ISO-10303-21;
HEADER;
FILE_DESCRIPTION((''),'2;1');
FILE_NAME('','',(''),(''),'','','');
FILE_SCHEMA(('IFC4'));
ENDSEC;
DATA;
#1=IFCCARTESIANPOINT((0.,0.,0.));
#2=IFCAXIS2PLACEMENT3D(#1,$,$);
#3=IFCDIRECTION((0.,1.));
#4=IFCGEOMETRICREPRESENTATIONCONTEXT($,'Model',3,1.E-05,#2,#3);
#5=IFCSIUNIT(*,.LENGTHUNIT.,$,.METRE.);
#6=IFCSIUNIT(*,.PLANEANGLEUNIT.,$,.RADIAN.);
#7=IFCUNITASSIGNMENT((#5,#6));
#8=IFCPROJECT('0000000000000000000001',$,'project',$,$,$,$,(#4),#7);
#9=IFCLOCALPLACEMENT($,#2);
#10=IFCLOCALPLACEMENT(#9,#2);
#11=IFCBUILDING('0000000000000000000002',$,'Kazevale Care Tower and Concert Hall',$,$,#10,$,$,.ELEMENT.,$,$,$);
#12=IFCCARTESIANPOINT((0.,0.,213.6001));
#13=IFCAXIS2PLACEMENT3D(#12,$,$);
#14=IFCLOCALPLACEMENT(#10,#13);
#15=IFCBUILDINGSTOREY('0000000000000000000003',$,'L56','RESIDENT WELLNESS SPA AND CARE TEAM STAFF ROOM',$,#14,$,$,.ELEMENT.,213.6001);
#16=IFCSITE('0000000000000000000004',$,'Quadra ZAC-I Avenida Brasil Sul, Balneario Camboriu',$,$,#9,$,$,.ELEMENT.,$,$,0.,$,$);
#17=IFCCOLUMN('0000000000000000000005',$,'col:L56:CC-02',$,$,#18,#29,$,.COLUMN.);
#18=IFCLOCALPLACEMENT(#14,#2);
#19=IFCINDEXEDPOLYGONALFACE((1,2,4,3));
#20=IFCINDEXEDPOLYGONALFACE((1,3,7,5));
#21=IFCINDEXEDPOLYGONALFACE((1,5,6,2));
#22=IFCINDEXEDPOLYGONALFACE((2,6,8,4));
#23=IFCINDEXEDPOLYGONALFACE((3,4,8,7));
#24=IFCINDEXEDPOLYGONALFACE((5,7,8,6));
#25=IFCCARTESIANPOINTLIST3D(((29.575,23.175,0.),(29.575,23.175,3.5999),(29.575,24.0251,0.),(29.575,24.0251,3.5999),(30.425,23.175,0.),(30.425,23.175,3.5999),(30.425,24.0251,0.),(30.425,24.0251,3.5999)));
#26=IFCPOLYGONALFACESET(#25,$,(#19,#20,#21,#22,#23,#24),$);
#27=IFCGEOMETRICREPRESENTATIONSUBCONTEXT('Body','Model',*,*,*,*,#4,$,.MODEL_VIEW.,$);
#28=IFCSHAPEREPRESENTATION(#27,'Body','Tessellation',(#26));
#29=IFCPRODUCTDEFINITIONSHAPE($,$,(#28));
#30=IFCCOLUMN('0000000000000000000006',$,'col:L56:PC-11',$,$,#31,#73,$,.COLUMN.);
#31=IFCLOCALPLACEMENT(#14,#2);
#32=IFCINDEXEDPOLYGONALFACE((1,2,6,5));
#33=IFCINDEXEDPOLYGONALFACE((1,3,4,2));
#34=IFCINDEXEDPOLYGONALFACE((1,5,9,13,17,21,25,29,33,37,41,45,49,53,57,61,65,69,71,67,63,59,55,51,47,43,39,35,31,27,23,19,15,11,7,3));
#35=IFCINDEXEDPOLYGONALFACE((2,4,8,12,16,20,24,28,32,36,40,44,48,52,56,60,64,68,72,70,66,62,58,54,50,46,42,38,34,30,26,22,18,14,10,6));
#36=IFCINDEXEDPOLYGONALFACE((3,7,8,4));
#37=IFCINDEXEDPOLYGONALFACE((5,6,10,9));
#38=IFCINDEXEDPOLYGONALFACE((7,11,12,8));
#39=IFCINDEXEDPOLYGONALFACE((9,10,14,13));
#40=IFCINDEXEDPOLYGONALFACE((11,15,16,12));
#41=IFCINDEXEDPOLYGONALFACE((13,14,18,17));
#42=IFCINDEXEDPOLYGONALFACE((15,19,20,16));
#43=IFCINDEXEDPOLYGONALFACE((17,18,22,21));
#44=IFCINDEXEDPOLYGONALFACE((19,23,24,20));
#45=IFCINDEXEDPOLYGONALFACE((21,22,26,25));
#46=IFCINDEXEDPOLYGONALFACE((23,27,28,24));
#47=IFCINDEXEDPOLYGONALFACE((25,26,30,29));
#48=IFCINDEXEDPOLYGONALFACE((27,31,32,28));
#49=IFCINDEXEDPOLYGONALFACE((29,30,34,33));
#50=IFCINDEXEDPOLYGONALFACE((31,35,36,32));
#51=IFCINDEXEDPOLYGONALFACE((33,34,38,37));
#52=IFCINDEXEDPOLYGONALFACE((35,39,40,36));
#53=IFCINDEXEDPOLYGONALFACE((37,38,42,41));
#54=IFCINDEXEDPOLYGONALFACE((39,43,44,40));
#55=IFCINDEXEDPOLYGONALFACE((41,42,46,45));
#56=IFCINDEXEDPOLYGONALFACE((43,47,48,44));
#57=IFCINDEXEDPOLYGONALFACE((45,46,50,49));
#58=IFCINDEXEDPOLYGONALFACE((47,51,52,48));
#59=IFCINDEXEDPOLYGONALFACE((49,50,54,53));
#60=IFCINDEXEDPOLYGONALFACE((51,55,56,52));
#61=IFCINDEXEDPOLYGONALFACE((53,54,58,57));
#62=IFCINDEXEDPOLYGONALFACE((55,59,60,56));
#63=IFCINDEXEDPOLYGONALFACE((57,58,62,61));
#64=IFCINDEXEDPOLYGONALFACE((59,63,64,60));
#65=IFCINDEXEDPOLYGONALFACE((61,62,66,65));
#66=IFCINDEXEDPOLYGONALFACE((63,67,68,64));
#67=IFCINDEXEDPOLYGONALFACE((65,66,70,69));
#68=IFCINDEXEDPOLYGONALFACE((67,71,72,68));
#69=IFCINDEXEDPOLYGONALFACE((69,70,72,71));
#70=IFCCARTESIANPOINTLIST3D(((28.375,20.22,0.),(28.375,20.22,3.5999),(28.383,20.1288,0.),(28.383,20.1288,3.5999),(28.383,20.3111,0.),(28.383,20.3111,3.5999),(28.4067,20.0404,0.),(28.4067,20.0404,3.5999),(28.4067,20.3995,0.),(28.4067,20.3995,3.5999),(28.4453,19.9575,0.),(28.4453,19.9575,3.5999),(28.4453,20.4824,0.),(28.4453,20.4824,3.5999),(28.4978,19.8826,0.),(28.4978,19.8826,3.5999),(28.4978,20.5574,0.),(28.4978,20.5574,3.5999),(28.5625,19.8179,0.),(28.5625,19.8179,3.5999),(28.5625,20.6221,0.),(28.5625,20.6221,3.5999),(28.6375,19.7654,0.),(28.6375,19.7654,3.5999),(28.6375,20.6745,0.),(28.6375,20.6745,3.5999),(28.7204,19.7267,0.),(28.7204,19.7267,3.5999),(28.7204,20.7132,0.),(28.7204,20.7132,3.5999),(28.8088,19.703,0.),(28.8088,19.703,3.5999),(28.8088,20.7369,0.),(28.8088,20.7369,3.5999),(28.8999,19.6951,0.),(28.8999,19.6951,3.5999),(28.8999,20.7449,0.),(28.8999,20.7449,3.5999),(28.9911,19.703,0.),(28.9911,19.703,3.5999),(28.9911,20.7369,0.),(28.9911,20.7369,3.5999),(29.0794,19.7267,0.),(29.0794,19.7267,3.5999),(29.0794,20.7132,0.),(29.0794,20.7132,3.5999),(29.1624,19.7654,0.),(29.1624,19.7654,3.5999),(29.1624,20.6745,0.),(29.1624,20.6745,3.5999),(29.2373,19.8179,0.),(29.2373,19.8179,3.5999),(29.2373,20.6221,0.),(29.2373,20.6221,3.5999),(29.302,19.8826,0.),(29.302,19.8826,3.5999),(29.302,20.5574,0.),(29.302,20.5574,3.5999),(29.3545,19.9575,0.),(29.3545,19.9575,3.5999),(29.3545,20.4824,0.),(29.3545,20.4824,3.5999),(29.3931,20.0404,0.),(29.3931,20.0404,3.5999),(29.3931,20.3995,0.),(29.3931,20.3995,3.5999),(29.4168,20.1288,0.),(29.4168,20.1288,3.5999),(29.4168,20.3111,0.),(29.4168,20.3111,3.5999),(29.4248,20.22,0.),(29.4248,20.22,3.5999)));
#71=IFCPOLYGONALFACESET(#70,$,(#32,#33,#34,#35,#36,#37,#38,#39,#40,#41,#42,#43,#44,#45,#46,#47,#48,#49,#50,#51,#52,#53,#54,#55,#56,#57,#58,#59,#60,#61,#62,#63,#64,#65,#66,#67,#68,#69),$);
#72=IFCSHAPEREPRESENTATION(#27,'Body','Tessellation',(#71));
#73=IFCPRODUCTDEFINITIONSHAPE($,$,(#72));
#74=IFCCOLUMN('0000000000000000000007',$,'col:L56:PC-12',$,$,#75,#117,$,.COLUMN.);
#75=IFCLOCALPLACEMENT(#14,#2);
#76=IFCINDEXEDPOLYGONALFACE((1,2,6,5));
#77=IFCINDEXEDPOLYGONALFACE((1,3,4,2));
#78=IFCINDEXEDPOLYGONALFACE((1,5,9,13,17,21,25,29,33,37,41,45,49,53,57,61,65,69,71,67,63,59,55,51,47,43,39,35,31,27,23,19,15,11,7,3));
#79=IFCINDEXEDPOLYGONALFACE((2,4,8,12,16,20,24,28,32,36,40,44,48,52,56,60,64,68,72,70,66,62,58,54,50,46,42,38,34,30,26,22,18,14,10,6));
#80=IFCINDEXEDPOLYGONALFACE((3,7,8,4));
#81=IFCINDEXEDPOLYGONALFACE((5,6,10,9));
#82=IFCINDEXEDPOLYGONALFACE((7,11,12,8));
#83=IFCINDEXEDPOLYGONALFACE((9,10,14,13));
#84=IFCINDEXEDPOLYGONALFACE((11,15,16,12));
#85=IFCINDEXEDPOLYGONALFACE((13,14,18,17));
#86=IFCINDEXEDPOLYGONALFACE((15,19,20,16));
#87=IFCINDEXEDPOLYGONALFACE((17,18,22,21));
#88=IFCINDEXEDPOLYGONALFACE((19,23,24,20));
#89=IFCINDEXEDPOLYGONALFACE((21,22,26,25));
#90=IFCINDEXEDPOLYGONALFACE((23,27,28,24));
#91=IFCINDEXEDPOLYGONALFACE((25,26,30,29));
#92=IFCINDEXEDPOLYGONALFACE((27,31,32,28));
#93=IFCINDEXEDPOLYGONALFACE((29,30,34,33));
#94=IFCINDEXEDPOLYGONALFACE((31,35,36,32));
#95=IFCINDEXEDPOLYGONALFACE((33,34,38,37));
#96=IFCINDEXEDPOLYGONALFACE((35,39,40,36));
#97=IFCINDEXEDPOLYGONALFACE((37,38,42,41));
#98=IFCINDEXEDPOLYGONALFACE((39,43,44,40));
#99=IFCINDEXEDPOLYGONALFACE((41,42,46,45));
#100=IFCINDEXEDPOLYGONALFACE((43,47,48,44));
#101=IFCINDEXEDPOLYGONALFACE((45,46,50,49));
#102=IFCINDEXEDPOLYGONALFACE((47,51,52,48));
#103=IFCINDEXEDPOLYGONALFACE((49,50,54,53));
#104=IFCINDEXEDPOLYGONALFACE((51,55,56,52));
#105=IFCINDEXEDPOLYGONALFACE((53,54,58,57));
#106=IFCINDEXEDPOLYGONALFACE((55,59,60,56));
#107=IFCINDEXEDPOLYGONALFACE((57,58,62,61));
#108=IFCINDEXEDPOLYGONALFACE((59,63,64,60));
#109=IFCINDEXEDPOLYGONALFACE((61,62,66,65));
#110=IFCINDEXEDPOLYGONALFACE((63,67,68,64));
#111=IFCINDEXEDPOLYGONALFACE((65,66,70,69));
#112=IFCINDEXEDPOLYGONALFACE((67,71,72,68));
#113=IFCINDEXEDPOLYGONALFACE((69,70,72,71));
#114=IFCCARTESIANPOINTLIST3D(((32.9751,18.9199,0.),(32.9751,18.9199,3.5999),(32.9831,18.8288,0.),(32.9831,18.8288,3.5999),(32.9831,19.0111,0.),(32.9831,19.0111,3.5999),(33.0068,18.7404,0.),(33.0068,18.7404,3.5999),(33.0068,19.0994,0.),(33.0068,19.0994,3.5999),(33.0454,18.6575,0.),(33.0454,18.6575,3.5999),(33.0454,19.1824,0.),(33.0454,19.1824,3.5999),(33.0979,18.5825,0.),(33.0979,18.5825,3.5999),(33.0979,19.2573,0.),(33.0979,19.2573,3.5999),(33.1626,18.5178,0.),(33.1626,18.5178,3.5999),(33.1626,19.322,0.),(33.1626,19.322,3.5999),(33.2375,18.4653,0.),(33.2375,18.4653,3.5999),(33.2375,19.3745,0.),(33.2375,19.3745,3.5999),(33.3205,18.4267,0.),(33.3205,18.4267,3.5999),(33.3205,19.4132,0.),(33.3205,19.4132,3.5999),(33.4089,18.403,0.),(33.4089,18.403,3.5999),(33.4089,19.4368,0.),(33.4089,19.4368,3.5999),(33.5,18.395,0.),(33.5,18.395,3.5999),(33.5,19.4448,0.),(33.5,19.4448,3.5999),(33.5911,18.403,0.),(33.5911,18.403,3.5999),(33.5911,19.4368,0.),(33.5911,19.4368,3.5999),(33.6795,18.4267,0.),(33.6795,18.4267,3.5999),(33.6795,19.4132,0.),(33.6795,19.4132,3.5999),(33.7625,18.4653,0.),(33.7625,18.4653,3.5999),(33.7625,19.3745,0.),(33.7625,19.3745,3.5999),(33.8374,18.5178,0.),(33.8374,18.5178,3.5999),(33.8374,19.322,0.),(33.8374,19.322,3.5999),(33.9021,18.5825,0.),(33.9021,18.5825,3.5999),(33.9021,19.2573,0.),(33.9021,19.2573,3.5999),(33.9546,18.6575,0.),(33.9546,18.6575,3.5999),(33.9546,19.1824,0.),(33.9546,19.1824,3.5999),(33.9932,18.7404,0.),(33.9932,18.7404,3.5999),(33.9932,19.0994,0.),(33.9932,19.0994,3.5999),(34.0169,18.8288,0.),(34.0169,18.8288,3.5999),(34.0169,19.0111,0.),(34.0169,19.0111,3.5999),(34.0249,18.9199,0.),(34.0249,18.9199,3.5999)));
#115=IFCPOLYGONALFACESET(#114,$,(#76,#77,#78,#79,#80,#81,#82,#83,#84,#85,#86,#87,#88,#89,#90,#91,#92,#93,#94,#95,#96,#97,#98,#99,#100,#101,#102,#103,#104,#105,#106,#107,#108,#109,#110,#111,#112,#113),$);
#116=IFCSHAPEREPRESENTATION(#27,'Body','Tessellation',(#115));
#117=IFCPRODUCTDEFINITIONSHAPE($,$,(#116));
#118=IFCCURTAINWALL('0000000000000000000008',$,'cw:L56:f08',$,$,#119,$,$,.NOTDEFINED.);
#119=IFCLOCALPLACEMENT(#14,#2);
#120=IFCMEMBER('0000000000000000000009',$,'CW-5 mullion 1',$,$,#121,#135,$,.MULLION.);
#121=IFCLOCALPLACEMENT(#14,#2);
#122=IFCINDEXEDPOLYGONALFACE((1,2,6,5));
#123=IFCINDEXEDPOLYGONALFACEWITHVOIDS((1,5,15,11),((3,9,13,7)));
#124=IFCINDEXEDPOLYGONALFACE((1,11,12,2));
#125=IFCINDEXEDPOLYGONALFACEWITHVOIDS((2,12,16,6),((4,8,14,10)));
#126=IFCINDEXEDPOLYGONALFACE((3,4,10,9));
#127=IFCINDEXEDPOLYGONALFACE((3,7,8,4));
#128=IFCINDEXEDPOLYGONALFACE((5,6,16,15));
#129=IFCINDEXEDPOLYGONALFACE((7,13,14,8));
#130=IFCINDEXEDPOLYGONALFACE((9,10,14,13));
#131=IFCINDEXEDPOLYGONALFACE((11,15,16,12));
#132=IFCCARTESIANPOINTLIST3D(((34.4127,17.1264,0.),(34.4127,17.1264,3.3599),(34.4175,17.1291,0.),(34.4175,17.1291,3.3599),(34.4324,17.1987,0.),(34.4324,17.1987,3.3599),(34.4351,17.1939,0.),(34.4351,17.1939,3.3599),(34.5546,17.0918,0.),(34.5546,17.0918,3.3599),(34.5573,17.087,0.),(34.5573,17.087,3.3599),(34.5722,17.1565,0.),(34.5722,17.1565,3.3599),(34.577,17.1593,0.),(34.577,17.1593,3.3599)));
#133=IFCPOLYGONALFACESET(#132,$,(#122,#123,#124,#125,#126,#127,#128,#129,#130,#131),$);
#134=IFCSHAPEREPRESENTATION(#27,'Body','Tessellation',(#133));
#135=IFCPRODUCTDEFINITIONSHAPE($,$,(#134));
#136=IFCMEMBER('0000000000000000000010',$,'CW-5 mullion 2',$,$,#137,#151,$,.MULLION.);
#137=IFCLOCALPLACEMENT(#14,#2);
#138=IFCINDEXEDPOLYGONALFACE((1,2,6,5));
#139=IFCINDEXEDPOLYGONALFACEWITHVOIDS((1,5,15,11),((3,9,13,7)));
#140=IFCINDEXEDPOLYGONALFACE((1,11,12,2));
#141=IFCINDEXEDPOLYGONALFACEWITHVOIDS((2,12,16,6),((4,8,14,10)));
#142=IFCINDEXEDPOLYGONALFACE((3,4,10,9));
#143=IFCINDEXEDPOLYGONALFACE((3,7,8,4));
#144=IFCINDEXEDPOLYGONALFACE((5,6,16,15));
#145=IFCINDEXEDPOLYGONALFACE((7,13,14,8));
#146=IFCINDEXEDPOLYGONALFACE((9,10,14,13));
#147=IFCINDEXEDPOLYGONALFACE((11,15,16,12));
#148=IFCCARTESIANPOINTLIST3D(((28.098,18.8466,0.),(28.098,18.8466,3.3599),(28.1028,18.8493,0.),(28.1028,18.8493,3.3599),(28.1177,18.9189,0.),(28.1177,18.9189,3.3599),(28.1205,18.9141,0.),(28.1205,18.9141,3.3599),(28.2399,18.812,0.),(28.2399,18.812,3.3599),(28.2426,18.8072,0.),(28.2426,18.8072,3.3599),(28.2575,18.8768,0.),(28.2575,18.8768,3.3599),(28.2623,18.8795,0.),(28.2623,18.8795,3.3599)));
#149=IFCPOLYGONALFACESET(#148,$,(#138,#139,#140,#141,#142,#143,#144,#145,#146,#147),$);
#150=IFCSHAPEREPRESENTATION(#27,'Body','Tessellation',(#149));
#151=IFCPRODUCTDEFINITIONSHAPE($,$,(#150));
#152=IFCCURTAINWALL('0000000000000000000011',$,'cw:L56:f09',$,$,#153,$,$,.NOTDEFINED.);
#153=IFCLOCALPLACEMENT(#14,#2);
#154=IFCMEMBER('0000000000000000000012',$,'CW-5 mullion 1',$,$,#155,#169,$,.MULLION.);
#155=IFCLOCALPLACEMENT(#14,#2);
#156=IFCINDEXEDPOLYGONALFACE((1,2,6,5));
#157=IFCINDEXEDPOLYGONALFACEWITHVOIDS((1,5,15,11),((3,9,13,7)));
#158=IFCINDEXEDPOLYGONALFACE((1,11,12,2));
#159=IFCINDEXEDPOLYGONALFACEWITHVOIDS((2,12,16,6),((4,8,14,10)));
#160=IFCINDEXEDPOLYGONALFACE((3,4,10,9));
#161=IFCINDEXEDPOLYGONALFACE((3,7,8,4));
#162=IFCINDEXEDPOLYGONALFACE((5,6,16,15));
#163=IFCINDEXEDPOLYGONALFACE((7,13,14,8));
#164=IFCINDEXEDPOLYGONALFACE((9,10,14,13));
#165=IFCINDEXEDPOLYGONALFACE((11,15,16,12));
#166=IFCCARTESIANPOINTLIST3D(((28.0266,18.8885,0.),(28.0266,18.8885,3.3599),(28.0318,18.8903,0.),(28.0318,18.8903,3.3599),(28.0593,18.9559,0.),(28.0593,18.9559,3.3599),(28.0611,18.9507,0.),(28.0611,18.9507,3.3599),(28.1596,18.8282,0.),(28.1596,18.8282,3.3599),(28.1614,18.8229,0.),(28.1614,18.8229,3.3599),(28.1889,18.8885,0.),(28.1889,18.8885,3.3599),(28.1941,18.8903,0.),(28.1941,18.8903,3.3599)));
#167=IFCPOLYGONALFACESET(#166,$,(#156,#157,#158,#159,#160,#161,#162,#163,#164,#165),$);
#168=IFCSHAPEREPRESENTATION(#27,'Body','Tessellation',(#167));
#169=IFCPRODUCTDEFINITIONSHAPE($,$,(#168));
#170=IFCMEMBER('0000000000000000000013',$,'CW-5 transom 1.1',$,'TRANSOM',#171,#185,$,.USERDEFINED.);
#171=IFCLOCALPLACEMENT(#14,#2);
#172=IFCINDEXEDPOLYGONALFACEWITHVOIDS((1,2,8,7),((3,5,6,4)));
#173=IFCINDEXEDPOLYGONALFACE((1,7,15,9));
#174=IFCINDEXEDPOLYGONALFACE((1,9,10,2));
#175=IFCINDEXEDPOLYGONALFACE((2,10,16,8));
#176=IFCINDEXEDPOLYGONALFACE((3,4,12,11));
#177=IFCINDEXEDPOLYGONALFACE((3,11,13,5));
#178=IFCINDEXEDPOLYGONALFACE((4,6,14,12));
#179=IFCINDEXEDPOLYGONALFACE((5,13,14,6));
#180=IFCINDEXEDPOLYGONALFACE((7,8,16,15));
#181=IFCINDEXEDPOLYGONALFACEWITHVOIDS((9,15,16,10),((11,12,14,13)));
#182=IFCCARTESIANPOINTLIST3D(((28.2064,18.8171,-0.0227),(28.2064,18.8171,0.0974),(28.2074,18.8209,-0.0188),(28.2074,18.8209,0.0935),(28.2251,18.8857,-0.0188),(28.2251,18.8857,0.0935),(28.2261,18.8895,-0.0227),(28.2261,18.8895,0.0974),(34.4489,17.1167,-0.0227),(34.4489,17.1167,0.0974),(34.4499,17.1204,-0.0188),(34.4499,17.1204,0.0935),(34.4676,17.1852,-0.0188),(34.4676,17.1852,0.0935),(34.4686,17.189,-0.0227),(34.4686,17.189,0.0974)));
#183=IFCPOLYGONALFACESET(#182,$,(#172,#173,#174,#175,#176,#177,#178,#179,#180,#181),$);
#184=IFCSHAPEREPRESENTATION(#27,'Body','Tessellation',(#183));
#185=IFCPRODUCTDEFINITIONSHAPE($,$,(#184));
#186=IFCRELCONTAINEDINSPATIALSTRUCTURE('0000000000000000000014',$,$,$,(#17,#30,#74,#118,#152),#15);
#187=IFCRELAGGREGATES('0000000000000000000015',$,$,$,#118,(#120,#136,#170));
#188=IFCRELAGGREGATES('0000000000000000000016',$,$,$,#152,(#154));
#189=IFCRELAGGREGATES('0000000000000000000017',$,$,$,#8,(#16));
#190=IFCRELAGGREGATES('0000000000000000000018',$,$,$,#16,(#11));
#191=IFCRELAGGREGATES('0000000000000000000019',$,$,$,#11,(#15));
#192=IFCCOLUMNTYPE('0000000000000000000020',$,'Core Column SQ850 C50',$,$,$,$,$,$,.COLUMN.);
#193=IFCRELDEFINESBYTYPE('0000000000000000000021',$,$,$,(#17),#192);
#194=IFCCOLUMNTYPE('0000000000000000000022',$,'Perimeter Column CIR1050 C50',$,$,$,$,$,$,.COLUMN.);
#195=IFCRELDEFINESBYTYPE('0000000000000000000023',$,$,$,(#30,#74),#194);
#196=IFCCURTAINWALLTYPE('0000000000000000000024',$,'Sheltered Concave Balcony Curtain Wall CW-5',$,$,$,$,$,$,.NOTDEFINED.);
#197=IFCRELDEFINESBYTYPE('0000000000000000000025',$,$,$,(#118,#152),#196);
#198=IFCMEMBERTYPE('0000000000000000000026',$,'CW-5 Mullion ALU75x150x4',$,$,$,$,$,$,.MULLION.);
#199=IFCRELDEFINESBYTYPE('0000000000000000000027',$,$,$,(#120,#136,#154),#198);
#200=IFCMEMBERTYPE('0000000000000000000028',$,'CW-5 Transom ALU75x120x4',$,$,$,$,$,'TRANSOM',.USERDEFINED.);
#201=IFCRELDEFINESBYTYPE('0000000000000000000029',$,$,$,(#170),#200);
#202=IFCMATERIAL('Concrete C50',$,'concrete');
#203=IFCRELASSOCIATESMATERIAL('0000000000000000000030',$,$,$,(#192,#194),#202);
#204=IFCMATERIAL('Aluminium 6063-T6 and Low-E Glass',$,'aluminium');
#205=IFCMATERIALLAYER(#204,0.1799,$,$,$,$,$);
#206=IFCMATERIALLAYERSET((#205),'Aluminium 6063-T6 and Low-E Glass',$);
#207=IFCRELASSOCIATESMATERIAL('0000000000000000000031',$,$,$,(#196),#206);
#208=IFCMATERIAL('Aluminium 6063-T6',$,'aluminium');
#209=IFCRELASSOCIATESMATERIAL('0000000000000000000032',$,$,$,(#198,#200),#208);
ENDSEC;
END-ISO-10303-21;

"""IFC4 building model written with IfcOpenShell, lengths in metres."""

from ifc_helpers import new_model, si_unit, direction, frame, origin, origin_2d, place, context, subcontext, project, spatial, rectangle, hollow_rectangle, circle, extrude, material, layer, layer_set, material_profile, profile_set, type_object, element, aggregate, save


model = new_model("IFC4")

# Units and contexts
model_context = context("Model", 3, precision=1e-05, world=origin(), true_north=direction((0.0, 1.0)))
body_context = subcontext(model_context, "Body", "Model", "MODEL_VIEW")
ifc_project = project(units=[si_unit("LENGTHUNIT", "METRE"), si_unit("PLANEANGLEUNIT", "RADIAN")], contexts=[model_context])

# Site, building, storey
site_placement = place(None, origin())
site = spatial("IfcSite", under=ifc_project, at=site_placement, Name="Quadra ZAC-I Avenida Brasil Sul, Balneario Camboriu", CompositionType="ELEMENT", RefElevation=0.0)
building_placement = place(site_placement, origin())
building = spatial("IfcBuilding", under=site, at=building_placement, Name="Kazevale Care Tower and Concert Hall", CompositionType="ELEMENT")
storey_placement = place(building_placement, frame((0.0, 0.0, 213.6001)))
storey = spatial("IfcBuildingStorey", under=building, at=storey_placement, Name="L56", Description="RESIDENT WELLNESS SPA AND CARE TEAM STAFF ROOM", CompositionType="ELEMENT", Elevation=213.6001)

# Columns
ifc_material_1 = material(Name="Concrete C50", Category="concrete")
ifc_material_profile_1 = material_profile(ifc_material_1, rectangle(XDim=0.8501, YDim=0.8501, at=origin_2d()), Name="RC-SQ850")
ifc_profile_set_1 = profile_set([ifc_material_profile_1], Name="Concrete C50")
column_type_1 = type_object("IfcColumnType", Name="Core Column SQ850 C50", PredefinedType="COLUMN", material=ifc_profile_set_1)
column_placement = place(storey_placement, frame((30.0, 23.6001, 0.0), z_axis=(0.0, 0.0, 1.0), x_axis=(1.0, 0.0, 0.0)))
element("IfcColumn", 1, at=column_placement, inside=storey, type_object=column_type_1, Name="col:L56:CC-02", PredefinedType="COLUMN", context=body_context, shape_type="SweptSolid", body=[
    extrude(rectangle(XDim=0.8501, YDim=0.8501, at=origin_2d()), origin(), (0.0, 0.0, 1.0), 3.5999),
])
ifc_material_profile_2 = material_profile(ifc_material_1, circle(Radius=0.5249, at=origin_2d()), Name="RC-CIR1050")
ifc_profile_set_2 = profile_set([ifc_material_profile_2], Name="Concrete C50")
column_type_2 = type_object("IfcColumnType", Name="Perimeter Column CIR1050 C50", PredefinedType="COLUMN", material=ifc_profile_set_2)
for number, where, z_axis, x_axis, name in (
    (2, (28.8999, 20.22, 0.0), (0.0, 0.0, 1.0), (1.0, 0.0, 0.0), "col:L56:PC-11"),
    (3, (33.5, 18.9199, 0.0), (0.0, 0.0, 1.0), (1.0, 0.0, 0.0), "col:L56:PC-12"),
):
    element("IfcColumn", number, at=place(storey_placement, frame(where, z_axis=z_axis, x_axis=x_axis)), inside=storey, type_object=column_type_2, Name=name, PredefinedType="COLUMN", context=body_context, shape_type="SweptSolid", body=[
        extrude(circle(Radius=0.5249, at=origin_2d()), origin(), (0.0, 0.0, 1.0), 3.5999),
    ])

# Curtain wall, members
ifc_material_2 = material(Name="Aluminium 6063-T6 and Low-E Glass", Category="aluminium")
ifc_layer_1 = layer(ifc_material_2, 0.1799)
ifc_layer_set_1 = layer_set([ifc_layer_1], Name="Aluminium 6063-T6 and Low-E Glass")
curtain_wall_type = type_object("IfcCurtainWallType", Name="Sheltered Concave Balcony Curtain Wall CW-5", PredefinedType="NOTDEFINED", material=ifc_layer_set_1)
curtain_wall_1_placement = place(storey_placement, origin())
curtain_wall_1 = element("IfcCurtainWall", 4, at=curtain_wall_1_placement, inside=storey, type_object=curtain_wall_type, Name="cw:L56:f08", PredefinedType="NOTDEFINED")
ifc_material_3 = material(Name="Aluminium 6063-T6", Category="aluminium")
ifc_material_profile_3 = material_profile(ifc_material_3, hollow_rectangle(XDim=0.075, YDim=0.1499, WallThickness=0.0039, at=origin_2d()), Name="ALU75x150x4")
ifc_profile_set_3 = profile_set([ifc_material_profile_3], Name="Aluminium 6063-T6")
member_type_1 = type_object("IfcMemberType", Name="CW-5 Mullion ALU75x150x4", PredefinedType="MULLION", material=ifc_profile_set_3)
member_1_placement = place(storey_placement, frame((34.4949, 17.1428, 0.0), z_axis=(0.0, 0.0, 1.0), x_axis=(-0.262849, -0.964837, 0.0)))
member_1 = element("IfcMember", 5, at=member_1_placement, type_object=member_type_1, Name="CW-5 mullion 1", PredefinedType="MULLION", context=body_context, shape_type="SweptSolid", body=[
    extrude(hollow_rectangle(XDim=0.075, YDim=0.1499, WallThickness=0.0039, at=origin_2d()), origin(), (0.0, 0.0, 1.0), 3.3599),
])
member_2_placement = place(storey_placement, frame((28.1802, 18.863, 0.0), z_axis=(0.0, 0.0, 1.0), x_axis=(-0.262849, -0.964837, 0.0)))
member_2 = element("IfcMember", 6, at=member_2_placement, type_object=member_type_1, Name="CW-5 mullion 2", PredefinedType="MULLION", context=body_context, shape_type="SweptSolid", body=[
    extrude(hollow_rectangle(XDim=0.075, YDim=0.1499, WallThickness=0.0039, at=origin_2d()), origin(), (0.0, 0.0, 1.0), 3.3599),
])

# Curtain wall, member
curtain_wall_2_placement = place(storey_placement, origin())
curtain_wall_2 = element("IfcCurtainWall", 7, at=curtain_wall_2_placement, inside=storey, type_object=curtain_wall_type, Name="cw:L56:f09", PredefinedType="NOTDEFINED")
member_3_placement = place(storey_placement, frame((28.1104, 18.8894, 0.0), z_axis=(0.0, 0.0, 1.0), x_axis=(-0.437238, -0.899346, 0.0)))
member_3 = element("IfcMember", 8, at=member_3_placement, type_object=member_type_1, Name="CW-5 mullion 1", PredefinedType="MULLION", context=body_context, shape_type="SweptSolid", body=[
    extrude(hollow_rectangle(XDim=0.075, YDim=0.1499, WallThickness=0.0039, at=origin_2d()), origin(), (0.0, 0.0, 1.0), 3.3599),
])

# Member
ifc_material_profile_4 = material_profile(ifc_material_3, hollow_rectangle(XDim=0.075, YDim=0.1201, WallThickness=0.0039, at=origin_2d()), Name="ALU75x120x4")
ifc_profile_set_4 = profile_set([ifc_material_profile_4], Name="Aluminium 6063-T6")
member_type_2 = type_object("IfcMemberType", Name="CW-5 Transom ALU75x120x4", ElementType="TRANSOM", PredefinedType="USERDEFINED", material=ifc_profile_set_4)
member_4_placement = place(storey_placement, frame((34.4587, 17.1528, 0.0374), z_axis=(-0.964844, 0.262824, 0.0), x_axis=(-0.262824, -0.964844, 0.0)))
member_4 = element("IfcMember", 9, at=member_4_placement, type_object=member_type_2, Name="CW-5 transom 1.1", ObjectType="TRANSOM", PredefinedType="USERDEFINED", context=body_context, shape_type="SweptSolid", body=[
    extrude(hollow_rectangle(XDim=0.075, YDim=0.1201, WallThickness=0.0039, at=origin_2d()), origin(), (0.0, 0.0, 1.0), 6.47),
])

aggregate(curtain_wall_1, [member_1, member_2, member_4])
aggregate(curtain_wall_2, [member_3])

save(model, "model.ifc")
